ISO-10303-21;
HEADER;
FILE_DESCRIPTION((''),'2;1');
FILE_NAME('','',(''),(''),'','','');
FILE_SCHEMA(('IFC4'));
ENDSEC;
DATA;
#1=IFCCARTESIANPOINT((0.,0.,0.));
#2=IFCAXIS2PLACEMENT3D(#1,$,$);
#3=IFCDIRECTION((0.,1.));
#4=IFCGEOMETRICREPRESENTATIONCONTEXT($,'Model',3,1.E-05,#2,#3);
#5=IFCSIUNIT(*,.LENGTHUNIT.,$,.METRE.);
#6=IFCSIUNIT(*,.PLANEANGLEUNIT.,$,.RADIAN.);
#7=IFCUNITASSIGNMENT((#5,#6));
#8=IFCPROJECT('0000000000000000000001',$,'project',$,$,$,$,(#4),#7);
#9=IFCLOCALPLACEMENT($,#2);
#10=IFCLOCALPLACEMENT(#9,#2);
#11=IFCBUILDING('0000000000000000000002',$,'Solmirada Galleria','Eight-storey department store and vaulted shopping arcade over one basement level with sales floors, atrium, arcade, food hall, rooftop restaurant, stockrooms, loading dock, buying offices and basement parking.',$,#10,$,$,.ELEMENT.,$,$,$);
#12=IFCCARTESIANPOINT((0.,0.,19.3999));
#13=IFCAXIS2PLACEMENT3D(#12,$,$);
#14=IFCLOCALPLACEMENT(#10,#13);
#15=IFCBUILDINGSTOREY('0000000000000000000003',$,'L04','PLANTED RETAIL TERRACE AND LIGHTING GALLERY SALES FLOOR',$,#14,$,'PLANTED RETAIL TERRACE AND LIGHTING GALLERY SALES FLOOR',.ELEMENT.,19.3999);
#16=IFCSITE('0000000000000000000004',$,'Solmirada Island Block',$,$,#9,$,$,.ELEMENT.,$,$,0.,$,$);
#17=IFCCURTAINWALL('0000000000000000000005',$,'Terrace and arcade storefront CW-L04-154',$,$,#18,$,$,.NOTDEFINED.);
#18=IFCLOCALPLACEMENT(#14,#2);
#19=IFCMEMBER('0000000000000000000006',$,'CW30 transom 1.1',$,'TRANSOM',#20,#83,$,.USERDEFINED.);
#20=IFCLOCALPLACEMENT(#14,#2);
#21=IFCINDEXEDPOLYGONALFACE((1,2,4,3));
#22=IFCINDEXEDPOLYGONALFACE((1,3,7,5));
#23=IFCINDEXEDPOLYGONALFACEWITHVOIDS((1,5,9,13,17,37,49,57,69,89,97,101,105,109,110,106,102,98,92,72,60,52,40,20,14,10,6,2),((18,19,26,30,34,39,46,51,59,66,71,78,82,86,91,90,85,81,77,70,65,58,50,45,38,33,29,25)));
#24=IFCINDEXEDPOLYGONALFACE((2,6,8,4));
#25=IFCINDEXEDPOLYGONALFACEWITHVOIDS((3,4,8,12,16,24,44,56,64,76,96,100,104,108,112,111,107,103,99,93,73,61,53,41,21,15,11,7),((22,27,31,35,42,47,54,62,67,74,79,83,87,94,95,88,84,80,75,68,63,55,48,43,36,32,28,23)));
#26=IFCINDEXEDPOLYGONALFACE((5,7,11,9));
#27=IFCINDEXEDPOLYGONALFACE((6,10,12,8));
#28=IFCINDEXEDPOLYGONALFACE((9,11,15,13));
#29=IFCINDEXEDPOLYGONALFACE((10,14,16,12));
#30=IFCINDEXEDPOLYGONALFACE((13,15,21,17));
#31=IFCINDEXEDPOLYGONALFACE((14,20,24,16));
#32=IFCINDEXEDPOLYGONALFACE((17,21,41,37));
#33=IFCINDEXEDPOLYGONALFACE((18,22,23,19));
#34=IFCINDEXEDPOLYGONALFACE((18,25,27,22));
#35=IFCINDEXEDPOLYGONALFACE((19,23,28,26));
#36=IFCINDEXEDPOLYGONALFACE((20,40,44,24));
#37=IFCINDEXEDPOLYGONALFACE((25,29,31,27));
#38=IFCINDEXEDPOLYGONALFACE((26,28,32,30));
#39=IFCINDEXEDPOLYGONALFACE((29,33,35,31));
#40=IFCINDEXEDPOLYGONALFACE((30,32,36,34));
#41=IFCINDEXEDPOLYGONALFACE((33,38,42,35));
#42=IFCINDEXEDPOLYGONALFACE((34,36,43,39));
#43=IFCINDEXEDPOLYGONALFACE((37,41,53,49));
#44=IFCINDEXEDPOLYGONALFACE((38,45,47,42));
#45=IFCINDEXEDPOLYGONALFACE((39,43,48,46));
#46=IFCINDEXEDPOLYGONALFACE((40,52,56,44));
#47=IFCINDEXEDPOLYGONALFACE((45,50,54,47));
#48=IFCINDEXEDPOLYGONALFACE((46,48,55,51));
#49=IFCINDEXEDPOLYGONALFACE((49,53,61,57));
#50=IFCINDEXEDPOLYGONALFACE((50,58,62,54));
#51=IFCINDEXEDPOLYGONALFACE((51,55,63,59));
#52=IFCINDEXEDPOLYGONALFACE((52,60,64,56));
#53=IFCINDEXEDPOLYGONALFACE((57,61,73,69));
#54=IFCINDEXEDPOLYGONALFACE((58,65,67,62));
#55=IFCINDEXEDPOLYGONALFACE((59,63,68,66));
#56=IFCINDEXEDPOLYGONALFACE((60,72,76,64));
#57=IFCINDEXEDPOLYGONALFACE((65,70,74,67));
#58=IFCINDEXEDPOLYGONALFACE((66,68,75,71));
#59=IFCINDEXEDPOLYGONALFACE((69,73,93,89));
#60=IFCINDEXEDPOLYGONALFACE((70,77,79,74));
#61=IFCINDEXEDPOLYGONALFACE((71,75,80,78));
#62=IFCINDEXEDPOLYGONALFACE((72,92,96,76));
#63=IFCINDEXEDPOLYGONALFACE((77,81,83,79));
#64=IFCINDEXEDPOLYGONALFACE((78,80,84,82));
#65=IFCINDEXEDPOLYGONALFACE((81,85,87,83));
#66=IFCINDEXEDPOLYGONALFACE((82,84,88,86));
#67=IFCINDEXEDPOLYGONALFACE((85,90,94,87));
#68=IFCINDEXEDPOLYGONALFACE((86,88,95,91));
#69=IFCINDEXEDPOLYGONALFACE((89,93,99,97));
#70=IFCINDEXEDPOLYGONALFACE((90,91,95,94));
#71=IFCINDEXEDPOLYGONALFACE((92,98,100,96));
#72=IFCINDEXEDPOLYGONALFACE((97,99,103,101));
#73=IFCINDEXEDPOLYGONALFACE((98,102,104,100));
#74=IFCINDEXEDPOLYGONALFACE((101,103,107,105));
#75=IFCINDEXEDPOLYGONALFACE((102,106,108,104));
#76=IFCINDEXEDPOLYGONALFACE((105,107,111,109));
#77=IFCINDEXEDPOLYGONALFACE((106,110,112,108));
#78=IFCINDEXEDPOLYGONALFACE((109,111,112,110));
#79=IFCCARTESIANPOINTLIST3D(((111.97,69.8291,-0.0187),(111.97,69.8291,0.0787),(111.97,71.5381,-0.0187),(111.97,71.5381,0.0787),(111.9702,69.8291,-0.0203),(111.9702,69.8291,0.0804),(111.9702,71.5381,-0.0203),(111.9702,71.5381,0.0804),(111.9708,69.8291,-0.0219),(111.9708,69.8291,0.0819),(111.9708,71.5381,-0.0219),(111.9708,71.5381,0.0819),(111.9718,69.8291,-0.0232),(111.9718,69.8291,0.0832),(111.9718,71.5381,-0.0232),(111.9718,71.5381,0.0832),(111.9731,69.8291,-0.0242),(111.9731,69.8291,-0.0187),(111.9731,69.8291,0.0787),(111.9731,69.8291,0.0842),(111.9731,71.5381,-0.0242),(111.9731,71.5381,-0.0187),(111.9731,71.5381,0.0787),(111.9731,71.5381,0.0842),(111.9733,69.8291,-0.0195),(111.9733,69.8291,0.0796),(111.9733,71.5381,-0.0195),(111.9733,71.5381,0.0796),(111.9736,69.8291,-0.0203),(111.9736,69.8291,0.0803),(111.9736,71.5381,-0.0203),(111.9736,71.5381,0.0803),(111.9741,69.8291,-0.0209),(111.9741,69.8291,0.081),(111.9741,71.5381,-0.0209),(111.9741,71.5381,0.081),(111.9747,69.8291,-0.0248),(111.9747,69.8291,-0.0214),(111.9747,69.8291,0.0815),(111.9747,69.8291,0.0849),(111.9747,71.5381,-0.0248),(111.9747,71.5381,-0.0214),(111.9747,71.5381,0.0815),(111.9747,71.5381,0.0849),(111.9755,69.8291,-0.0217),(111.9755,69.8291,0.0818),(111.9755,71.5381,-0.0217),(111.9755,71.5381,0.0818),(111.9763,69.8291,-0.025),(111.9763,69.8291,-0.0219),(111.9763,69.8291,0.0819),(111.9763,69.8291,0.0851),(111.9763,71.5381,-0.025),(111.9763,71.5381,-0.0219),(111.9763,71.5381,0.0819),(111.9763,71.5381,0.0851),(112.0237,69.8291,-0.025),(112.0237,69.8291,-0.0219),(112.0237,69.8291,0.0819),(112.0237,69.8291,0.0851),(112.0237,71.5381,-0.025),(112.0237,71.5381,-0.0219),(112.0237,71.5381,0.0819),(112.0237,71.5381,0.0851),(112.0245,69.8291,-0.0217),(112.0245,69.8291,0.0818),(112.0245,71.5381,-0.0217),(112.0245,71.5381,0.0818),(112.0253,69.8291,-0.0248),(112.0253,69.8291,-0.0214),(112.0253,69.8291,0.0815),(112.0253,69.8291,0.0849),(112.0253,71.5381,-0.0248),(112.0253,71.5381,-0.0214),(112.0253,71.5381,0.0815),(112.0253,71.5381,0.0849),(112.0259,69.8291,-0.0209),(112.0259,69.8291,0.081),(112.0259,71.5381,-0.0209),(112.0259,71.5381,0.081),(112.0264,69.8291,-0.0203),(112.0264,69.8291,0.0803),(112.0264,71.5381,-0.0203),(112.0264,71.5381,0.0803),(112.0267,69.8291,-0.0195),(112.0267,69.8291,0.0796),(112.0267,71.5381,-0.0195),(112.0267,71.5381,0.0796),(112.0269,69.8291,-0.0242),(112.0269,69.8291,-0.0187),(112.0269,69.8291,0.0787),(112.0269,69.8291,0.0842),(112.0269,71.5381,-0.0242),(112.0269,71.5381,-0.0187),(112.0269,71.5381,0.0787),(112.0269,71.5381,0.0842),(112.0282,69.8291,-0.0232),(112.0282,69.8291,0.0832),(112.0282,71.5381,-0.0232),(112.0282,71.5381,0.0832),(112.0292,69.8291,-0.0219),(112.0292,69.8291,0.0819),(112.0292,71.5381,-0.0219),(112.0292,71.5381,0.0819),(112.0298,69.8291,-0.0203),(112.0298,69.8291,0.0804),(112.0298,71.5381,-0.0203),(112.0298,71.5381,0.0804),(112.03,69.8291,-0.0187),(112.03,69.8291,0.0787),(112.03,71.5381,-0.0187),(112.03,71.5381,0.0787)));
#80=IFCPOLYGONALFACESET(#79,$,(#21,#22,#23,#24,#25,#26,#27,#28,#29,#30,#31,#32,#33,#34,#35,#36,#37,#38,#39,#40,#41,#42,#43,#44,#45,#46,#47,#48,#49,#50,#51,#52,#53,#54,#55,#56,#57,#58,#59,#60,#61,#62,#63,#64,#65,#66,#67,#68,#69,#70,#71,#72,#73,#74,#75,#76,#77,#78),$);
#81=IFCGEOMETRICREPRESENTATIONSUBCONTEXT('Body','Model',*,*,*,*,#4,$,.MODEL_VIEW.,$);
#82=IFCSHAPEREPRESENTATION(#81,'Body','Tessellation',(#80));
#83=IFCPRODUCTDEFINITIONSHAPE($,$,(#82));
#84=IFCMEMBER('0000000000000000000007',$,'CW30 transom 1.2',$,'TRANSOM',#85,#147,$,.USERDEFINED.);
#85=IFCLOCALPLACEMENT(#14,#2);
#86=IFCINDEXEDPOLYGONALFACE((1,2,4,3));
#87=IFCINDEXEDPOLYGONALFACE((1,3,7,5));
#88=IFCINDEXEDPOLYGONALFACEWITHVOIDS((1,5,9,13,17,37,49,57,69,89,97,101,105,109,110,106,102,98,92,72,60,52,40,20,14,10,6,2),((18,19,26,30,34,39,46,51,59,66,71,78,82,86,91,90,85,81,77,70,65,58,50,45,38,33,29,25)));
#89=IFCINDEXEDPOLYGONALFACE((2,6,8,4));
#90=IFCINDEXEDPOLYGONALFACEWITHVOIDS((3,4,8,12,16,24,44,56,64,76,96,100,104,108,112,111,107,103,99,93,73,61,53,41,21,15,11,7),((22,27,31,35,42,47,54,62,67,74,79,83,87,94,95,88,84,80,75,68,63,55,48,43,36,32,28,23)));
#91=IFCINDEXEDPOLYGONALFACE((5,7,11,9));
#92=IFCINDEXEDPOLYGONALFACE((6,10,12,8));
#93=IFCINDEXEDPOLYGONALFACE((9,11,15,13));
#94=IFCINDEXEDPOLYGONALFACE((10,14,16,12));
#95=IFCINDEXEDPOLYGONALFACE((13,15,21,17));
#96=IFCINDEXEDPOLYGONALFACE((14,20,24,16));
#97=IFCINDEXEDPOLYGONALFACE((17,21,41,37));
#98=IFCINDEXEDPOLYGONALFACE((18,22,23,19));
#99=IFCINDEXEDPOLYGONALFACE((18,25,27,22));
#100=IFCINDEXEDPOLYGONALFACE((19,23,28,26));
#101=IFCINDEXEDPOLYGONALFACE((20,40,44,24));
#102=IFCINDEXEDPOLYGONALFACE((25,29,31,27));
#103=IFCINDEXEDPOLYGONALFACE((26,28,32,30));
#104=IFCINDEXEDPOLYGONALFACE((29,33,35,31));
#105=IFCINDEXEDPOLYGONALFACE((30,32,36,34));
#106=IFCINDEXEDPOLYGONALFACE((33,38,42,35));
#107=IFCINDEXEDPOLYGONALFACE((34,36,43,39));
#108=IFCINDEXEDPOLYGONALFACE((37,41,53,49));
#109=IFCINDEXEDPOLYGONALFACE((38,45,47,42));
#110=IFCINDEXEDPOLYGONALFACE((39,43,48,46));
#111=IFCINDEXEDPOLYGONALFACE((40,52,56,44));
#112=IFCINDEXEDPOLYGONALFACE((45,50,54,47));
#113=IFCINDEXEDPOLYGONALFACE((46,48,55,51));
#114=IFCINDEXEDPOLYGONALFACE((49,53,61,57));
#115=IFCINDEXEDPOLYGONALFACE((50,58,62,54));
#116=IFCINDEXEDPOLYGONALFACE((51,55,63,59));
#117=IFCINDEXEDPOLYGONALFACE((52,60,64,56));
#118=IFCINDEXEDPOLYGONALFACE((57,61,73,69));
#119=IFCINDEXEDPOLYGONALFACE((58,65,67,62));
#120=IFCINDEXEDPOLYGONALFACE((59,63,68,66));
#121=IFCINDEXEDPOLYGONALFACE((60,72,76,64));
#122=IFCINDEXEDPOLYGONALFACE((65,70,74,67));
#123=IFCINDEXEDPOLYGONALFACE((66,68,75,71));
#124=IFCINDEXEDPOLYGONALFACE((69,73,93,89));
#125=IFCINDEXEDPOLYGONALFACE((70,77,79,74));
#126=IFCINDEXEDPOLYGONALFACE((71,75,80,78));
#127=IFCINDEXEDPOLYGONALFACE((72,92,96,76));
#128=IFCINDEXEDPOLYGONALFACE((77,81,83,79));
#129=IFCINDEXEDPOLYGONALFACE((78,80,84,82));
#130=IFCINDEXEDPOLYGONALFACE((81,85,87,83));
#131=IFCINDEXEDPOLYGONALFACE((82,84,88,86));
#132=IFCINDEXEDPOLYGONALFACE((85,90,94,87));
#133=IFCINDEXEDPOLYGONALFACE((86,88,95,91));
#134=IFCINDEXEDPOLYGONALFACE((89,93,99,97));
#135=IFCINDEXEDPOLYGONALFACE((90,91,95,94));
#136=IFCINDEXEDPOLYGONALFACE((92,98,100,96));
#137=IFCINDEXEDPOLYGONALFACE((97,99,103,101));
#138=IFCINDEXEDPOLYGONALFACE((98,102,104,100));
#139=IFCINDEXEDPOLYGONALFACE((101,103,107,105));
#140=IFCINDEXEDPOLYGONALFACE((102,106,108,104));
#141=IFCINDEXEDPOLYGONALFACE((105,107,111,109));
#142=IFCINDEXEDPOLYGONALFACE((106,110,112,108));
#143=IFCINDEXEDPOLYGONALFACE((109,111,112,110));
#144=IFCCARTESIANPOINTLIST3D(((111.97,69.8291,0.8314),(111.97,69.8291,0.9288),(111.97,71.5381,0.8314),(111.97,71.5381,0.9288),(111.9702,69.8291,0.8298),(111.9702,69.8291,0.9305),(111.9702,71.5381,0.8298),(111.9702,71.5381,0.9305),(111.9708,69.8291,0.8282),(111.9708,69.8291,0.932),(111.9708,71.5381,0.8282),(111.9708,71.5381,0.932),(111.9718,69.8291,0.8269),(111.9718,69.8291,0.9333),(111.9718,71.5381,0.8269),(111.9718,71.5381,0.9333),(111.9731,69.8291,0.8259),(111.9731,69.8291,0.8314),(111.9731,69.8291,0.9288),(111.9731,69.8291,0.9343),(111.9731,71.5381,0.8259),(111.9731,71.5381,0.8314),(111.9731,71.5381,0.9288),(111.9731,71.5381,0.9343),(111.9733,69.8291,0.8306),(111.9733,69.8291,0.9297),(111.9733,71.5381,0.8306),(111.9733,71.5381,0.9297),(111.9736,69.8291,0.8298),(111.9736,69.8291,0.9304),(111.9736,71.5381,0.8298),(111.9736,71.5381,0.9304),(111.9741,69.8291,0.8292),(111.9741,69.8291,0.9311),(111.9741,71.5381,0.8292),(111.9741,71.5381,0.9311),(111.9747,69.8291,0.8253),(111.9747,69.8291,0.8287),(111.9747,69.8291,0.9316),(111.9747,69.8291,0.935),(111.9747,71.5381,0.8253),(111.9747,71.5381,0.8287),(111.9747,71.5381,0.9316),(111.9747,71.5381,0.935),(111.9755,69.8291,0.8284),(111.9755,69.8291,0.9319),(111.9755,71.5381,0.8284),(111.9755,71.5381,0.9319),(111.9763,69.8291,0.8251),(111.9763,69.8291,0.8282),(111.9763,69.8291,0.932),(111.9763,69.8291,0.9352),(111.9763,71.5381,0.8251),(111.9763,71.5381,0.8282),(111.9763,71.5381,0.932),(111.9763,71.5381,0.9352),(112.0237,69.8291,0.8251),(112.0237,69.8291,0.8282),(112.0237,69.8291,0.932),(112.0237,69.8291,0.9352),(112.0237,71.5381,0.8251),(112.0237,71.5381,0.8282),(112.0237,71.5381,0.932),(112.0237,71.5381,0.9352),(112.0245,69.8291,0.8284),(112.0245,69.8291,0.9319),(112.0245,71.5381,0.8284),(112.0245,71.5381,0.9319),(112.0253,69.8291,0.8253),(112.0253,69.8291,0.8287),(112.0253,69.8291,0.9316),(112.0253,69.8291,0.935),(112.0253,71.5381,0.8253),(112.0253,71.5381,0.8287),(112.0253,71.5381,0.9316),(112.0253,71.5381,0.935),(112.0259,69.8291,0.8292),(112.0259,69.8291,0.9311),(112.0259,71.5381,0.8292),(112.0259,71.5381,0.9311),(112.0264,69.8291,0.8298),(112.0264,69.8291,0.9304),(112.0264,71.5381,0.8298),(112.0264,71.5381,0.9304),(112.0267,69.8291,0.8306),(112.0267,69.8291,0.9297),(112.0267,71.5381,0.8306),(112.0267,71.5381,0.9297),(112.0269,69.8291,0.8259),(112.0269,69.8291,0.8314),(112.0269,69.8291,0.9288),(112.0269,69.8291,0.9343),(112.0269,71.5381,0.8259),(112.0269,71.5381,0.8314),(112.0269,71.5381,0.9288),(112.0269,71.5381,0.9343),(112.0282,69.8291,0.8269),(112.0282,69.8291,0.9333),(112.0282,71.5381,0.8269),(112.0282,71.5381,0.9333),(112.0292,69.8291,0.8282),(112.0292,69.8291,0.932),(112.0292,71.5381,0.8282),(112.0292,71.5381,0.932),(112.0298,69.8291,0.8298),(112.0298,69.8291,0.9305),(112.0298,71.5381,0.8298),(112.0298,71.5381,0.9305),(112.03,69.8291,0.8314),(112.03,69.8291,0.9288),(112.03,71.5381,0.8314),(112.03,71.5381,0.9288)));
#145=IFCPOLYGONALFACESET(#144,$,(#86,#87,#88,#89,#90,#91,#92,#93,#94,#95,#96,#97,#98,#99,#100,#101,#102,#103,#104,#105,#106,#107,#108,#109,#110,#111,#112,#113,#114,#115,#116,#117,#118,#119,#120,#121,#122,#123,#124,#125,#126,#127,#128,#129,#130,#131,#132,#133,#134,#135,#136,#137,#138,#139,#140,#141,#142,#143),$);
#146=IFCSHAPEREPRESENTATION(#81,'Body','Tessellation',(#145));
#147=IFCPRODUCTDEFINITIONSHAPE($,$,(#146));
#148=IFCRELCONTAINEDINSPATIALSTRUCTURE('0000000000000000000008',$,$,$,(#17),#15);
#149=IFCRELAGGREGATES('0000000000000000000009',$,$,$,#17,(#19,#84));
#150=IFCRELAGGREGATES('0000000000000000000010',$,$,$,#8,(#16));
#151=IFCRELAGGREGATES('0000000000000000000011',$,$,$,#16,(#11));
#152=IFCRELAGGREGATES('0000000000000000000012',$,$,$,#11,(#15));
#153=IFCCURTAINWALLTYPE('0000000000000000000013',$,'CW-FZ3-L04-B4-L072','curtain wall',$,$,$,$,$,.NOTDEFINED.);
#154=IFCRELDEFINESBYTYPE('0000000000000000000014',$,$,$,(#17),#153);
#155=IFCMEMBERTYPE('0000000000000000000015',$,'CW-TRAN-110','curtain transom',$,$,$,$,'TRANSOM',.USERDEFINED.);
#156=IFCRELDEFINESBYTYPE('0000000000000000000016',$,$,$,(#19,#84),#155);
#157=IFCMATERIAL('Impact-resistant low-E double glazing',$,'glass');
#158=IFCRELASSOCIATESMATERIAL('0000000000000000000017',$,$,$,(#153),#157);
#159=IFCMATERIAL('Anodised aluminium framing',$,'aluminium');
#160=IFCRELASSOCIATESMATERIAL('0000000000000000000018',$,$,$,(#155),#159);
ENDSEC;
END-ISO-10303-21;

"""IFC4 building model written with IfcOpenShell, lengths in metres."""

from ifc_helpers import new_model, si_unit, direction, frame, origin, origin_2d, place, context, subcontext, project, spatial, hollow_rectangle, extrude, material, material_profile, profile_set, type_object, element, aggregate, save


model = new_model("IFC4")

# Units and contexts
model_context = context("Model", 3, precision=1e-05, world=origin(), true_north=direction((0.0, 1.0)))
body_context = subcontext(model_context, "Body", "Model", "MODEL_VIEW")
ifc_project = project(units=[si_unit("LENGTHUNIT", "METRE"), si_unit("PLANEANGLEUNIT", "RADIAN")], contexts=[model_context])

# Site, building, storey
site_placement = place(None, origin())
site = spatial("IfcSite", under=ifc_project, at=site_placement, Name="Solmirada Island Block", CompositionType="ELEMENT", RefElevation=0.0)
building_placement = place(site_placement, origin())
building = spatial("IfcBuilding", under=site, at=building_placement, Name="Solmirada Galleria", Description="Eight-storey department store and vaulted shopping arcade over one basement level with sales floors, atrium, arcade, food hall, rooftop restaurant, stockrooms, loading dock, buying offices and basement parking.", CompositionType="ELEMENT")
storey_placement = place(building_placement, frame((0.0, 0.0, 19.3999)))
storey = spatial("IfcBuildingStorey", under=building, at=storey_placement, Name="L04", Description="PLANTED RETAIL TERRACE AND LIGHTING GALLERY SALES FLOOR", LongName="PLANTED RETAIL TERRACE AND LIGHTING GALLERY SALES FLOOR", CompositionType="ELEMENT", Elevation=19.3999)

# Curtain wall, members
ifc_material_1 = material(Name="Impact-resistant low-E double glazing", Category="glass")
curtain_wall_type = type_object("IfcCurtainWallType", Name="CW-FZ3-L04-B4-L072", Description="curtain wall", PredefinedType="NOTDEFINED", material=ifc_material_1)
curtain_wall_placement = place(storey_placement, origin())
curtain_wall = element("IfcCurtainWall", 1, at=curtain_wall_placement, inside=storey, type_object=curtain_wall_type, Name="Terrace and arcade storefront CW-L04-154", PredefinedType="NOTDEFINED")
ifc_material_2 = material(Name="Anodised aluminium framing", Category="aluminium")
ifc_material_profile_1 = material_profile(ifc_material_2, hollow_rectangle(XDim=0.0601, YDim=0.1101, WallThickness=0.0032, InnerFilletRadius=0.0032, OuterFilletRadius=0.0063, at=origin_2d()), Name="ALU-TRAN-110X60")
ifc_profile_set_1 = profile_set([ifc_material_profile_1], Name="Anodised aluminium framing")
member_type_1 = type_object("IfcMemberType", Name="CW-TRAN-110", Description="curtain transom", ElementType="TRANSOM", PredefinedType="USERDEFINED", material=ifc_profile_set_1)
member_1_placement = place(storey_placement, frame((112.0, 71.5381, 0.03), z_axis=(0.0, -1.0, 0.0), x_axis=(1.0, 0.0, 0.0)))
member_1 = element("IfcMember", 2, at=member_1_placement, type_object=member_type_1, Name="CW30 transom 1.1", ObjectType="TRANSOM", PredefinedType="USERDEFINED", context=body_context, shape_type="SweptSolid", body=[
    extrude(hollow_rectangle(XDim=0.0601, YDim=0.1101, WallThickness=0.0032, InnerFilletRadius=0.0032, OuterFilletRadius=0.0063, at=origin_2d()), origin(), (0.0, 0.0, 1.0), 1.709),
])
member_2_placement = place(storey_placement, frame((112.0, 71.5381, 0.8801), z_axis=(0.0, -1.0, 0.0), x_axis=(1.0, 0.0, 0.0)))
member_2 = element("IfcMember", 3, at=member_2_placement, type_object=member_type_1, Name="CW30 transom 1.2", ObjectType="TRANSOM", PredefinedType="USERDEFINED", context=body_context, shape_type="SweptSolid", body=[
    extrude(hollow_rectangle(XDim=0.0601, YDim=0.1101, WallThickness=0.0032, InnerFilletRadius=0.0032, OuterFilletRadius=0.0063, at=origin_2d()), origin(), (0.0, 0.0, 1.0), 1.709),
])
aggregate(curtain_wall, [member_1, member_2])

save(model, "model.ifc")
